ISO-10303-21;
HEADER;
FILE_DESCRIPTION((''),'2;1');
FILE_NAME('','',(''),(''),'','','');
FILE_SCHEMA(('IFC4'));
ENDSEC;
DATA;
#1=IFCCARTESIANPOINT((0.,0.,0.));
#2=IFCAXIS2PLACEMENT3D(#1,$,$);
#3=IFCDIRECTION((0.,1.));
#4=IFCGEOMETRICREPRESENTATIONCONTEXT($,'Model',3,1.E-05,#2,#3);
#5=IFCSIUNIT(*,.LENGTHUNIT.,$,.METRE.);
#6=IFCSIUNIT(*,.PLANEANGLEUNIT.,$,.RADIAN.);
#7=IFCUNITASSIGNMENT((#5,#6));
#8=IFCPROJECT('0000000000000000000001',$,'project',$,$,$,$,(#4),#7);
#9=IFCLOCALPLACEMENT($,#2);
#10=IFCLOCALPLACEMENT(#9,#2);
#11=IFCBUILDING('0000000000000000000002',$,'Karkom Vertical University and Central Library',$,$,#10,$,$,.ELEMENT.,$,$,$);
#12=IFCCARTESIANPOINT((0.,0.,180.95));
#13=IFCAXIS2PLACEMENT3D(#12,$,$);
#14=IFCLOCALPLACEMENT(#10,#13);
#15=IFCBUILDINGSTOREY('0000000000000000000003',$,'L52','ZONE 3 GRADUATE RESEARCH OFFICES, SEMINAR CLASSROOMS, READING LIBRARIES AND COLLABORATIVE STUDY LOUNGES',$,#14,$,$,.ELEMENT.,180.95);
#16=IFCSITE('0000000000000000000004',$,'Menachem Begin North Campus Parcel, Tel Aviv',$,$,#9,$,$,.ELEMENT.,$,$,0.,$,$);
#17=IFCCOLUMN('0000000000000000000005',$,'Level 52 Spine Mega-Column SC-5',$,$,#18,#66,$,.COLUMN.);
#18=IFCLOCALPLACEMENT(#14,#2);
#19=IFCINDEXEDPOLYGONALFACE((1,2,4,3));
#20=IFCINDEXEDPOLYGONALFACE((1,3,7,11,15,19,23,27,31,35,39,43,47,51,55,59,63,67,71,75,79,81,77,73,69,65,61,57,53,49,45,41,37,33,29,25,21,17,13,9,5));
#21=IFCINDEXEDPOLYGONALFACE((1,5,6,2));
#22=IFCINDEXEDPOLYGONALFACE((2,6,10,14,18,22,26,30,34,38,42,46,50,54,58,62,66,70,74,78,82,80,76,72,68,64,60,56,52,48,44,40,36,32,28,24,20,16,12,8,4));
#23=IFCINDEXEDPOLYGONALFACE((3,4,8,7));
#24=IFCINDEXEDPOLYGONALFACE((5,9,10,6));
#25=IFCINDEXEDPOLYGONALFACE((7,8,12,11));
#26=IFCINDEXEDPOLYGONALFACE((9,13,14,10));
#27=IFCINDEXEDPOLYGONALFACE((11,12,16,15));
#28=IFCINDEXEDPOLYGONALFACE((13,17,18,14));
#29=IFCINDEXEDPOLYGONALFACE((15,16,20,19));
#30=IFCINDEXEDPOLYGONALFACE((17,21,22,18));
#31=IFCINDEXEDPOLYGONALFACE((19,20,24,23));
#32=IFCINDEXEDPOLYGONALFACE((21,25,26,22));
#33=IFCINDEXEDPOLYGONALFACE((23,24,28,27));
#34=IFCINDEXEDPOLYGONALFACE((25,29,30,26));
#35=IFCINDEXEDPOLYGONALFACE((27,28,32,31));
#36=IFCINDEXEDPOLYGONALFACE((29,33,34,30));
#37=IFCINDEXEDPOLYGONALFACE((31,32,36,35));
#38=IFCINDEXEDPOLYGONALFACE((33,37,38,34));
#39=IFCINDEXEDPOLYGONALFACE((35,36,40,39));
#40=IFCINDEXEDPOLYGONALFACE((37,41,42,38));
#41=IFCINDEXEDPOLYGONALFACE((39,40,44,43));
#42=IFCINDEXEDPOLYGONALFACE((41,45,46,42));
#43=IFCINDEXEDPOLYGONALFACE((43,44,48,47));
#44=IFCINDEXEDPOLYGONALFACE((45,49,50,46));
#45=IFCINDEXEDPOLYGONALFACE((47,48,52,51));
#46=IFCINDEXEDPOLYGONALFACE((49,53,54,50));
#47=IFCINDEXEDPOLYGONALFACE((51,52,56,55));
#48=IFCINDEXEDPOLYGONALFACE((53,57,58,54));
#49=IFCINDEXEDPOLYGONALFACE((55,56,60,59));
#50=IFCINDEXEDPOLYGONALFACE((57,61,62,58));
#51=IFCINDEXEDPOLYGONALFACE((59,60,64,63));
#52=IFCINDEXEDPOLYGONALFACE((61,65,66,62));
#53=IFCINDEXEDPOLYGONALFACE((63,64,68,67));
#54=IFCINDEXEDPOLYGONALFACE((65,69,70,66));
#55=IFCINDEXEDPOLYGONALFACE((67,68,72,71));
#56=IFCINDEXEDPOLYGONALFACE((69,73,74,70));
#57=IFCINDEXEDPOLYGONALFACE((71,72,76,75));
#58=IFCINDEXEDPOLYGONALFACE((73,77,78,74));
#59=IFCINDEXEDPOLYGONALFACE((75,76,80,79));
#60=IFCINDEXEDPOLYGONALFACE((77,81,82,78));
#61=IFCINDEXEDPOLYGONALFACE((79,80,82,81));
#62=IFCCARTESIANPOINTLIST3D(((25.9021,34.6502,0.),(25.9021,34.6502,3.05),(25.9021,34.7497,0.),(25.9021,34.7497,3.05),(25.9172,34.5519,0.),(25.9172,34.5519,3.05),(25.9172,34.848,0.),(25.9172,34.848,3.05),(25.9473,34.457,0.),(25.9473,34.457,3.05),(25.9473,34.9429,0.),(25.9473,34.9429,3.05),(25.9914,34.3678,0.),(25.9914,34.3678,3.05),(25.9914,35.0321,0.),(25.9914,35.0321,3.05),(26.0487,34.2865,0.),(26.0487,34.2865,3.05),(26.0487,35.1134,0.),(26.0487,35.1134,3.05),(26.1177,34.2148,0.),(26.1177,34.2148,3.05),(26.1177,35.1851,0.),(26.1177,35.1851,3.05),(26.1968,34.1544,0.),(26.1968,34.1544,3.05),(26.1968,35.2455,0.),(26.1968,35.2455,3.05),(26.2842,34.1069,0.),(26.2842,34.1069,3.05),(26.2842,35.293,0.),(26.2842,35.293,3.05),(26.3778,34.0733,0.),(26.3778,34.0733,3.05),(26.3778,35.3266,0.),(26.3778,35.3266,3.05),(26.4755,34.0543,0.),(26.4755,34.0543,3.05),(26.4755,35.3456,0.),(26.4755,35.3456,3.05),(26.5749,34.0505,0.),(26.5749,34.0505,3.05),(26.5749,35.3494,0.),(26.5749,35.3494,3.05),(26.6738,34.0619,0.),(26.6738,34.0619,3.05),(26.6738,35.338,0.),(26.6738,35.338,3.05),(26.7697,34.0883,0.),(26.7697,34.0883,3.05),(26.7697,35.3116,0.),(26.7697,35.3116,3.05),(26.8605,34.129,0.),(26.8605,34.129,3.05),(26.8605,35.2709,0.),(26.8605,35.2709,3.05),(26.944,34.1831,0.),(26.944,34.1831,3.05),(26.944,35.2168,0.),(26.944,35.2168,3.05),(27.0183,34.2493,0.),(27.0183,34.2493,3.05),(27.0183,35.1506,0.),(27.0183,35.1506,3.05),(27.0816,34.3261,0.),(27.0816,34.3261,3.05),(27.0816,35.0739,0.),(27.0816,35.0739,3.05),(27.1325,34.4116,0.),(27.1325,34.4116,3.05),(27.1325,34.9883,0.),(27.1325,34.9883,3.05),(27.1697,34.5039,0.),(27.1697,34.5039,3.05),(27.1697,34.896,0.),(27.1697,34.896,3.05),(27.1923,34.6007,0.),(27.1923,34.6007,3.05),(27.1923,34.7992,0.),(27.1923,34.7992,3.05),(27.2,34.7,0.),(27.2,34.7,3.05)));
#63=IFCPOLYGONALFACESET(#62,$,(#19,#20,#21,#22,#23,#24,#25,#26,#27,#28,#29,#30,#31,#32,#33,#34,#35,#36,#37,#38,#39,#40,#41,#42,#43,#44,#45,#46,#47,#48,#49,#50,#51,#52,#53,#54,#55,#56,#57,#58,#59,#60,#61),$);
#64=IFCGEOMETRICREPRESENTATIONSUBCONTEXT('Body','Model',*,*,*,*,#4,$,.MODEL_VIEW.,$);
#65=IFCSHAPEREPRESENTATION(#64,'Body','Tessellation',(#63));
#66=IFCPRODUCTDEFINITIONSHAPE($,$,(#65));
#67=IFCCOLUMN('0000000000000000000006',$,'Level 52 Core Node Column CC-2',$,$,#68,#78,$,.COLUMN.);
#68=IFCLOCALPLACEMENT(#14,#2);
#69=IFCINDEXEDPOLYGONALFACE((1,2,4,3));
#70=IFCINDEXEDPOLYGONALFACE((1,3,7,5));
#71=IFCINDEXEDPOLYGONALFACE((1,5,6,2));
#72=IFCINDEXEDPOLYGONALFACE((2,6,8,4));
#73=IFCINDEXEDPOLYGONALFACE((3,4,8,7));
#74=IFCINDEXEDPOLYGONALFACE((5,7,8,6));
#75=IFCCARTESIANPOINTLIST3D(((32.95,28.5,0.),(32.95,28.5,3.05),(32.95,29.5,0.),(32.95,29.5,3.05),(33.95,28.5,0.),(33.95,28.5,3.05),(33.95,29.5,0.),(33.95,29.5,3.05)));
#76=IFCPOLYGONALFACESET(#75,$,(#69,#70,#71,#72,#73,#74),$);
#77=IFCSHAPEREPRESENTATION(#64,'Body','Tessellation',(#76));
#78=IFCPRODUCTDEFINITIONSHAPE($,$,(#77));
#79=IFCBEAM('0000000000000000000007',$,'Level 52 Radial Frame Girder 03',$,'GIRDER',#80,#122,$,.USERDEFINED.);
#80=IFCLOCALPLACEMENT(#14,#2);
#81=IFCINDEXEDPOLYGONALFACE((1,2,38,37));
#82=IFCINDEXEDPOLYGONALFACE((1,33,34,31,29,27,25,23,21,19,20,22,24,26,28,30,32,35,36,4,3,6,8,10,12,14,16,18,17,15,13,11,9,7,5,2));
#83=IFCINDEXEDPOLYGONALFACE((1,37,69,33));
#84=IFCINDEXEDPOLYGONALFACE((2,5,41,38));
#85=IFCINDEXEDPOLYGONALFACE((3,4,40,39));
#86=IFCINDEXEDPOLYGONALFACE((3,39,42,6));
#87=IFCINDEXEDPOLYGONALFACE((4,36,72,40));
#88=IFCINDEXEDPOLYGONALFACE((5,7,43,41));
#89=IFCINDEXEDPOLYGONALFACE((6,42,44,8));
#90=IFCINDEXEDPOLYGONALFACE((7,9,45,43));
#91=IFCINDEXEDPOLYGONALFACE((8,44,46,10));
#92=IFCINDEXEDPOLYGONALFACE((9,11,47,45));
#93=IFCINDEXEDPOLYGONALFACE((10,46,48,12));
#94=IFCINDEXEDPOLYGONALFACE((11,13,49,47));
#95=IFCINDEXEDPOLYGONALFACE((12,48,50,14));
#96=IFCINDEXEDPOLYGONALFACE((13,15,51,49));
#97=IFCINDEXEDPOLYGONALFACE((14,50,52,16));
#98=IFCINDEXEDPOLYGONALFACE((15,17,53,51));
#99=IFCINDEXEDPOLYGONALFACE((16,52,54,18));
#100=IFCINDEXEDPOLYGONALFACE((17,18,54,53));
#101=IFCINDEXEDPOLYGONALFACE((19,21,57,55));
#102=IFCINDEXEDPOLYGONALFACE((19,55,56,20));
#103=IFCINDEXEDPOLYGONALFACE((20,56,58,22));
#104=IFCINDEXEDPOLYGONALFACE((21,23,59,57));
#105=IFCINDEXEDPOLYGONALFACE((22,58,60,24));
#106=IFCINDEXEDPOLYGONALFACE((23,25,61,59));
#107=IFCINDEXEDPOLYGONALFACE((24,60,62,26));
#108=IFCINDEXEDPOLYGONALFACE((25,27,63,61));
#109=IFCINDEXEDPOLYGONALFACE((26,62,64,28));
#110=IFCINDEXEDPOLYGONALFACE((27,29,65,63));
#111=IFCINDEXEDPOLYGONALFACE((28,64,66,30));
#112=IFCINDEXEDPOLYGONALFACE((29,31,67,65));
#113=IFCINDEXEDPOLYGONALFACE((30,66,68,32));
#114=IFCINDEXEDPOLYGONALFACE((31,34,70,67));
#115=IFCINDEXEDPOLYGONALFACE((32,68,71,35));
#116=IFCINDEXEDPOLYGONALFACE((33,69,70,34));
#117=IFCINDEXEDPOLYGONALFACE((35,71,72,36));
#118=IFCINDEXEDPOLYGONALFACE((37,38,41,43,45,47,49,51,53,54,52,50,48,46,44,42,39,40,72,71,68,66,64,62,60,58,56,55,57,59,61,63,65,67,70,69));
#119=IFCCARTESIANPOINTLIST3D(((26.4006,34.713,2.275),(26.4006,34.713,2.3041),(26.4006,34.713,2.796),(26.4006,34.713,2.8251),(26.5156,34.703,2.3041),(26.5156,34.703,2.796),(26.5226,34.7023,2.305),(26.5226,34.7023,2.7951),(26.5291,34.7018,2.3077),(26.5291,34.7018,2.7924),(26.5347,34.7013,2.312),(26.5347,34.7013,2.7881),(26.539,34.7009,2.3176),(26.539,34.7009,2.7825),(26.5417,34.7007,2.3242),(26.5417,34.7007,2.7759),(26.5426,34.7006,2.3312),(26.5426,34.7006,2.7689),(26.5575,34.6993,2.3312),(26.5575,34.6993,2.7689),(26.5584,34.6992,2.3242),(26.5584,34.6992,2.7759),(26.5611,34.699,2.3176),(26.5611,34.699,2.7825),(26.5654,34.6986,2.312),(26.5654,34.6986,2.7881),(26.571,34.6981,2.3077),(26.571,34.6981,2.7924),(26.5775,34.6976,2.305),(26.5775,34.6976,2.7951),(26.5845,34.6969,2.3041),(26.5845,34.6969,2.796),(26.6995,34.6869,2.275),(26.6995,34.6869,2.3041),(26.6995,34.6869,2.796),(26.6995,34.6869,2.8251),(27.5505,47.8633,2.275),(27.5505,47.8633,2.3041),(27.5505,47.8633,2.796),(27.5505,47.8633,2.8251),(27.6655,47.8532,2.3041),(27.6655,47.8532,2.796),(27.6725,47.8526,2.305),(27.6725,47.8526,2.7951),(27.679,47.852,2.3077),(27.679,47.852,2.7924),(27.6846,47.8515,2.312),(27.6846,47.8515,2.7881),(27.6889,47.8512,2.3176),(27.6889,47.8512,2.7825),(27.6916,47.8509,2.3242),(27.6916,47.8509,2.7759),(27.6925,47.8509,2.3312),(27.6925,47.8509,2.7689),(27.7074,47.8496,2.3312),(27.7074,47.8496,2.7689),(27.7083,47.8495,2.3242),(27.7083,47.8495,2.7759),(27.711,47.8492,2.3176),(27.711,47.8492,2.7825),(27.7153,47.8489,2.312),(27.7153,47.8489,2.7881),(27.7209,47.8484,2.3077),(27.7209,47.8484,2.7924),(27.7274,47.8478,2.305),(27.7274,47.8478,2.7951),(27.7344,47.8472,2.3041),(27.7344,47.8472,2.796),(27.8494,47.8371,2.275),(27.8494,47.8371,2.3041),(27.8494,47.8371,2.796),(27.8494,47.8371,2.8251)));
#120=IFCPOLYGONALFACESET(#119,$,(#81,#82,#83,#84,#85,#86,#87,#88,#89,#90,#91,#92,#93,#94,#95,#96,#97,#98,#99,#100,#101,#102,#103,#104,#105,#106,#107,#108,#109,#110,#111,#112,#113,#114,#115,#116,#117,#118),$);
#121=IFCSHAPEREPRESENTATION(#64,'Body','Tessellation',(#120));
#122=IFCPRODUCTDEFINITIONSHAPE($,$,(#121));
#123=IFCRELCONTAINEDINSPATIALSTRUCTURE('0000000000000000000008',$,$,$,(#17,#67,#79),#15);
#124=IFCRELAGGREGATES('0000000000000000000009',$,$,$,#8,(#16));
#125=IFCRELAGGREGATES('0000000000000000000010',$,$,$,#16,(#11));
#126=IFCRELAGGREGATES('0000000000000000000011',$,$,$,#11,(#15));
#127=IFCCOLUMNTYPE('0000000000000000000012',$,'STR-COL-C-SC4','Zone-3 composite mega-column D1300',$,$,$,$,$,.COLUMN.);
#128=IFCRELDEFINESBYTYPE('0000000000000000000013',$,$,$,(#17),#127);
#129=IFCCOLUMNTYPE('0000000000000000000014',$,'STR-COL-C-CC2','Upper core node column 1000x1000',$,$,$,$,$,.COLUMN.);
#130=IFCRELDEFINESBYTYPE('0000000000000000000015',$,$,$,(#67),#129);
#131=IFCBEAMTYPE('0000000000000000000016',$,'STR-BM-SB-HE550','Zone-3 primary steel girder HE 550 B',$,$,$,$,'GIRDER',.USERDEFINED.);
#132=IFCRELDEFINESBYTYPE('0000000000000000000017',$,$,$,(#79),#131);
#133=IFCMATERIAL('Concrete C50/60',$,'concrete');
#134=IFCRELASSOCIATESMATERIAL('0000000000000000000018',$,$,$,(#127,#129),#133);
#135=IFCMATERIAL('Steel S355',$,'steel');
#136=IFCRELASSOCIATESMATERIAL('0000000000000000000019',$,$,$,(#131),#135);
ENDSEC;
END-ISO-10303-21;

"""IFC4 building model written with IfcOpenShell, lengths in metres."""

from ifc_helpers import new_model, si_unit, direction, frame, origin, origin_with_axes, origin_2d, place, context, subcontext, project, spatial, rectangle, circle, i_section, extrude, source, transform, mapped, material, material_profile, profile_set, type_object, element, save


model = new_model("IFC4")

# Units and contexts
model_context = context("Model", 3, precision=1e-05, world=origin(), true_north=direction((0.0, 1.0)))
body_context = subcontext(model_context, "Body", "Model", "MODEL_VIEW")
ifc_project = project(units=[si_unit("LENGTHUNIT", "METRE"), si_unit("PLANEANGLEUNIT", "RADIAN")], contexts=[model_context])

# Site, building, storey
site_placement = place(None, origin())
site = spatial("IfcSite", under=ifc_project, at=site_placement, Name="Menachem Begin North Campus Parcel, Tel Aviv", CompositionType="ELEMENT", RefElevation=0.0)
building_placement = place(site_placement, origin())
building = spatial("IfcBuilding", under=site, at=building_placement, Name="Karkom Vertical University and Central Library", CompositionType="ELEMENT")
storey_placement = place(building_placement, frame((0.0, 0.0, 180.95)))
storey = spatial("IfcBuildingStorey", under=building, at=storey_placement, Name="L52", Description="ZONE 3 GRADUATE RESEARCH OFFICES, SEMINAR CLASSROOMS, READING LIBRARIES AND COLLABORATIVE STUDY LOUNGES", CompositionType="ELEMENT", Elevation=180.95)

# Columns
ifc_material_1 = material(Name="Concrete C50/60", Category="concrete")
ifc_material_profile_1 = material_profile(ifc_material_1, circle(Radius=0.6499, at=origin_2d()), Name="CFT-D1300")
ifc_profile_set_1 = profile_set([ifc_material_profile_1], Name="Concrete C50/60")
column_type_1 = type_object("IfcColumnType", Name="STR-COL-C-SC4", Description="Zone-3 composite mega-column D1300", PredefinedType="COLUMN", material=ifc_profile_set_1)
shared_shape_1 = source(origin_with_axes(), body_context, "Body", "SweptSolid", [
    extrude(circle(Radius=0.6499, at=origin_2d()), origin(), (0.0, 0.0, 1.0), 3.05),
])
column_1_placement = place(storey_placement, frame((26.55, 34.7, 0.0), z_axis=(0.0, 0.0, 1.0), x_axis=(1.0, 0.0, 0.0)))
element("IfcColumn", 1, at=column_1_placement, inside=storey, type_object=column_type_1, Name="Level 52 Spine Mega-Column SC-5", PredefinedType="COLUMN", context=body_context, shape_type="MappedRepresentation", body=[
    mapped(shared_shape_1, transform((0.0, 0.0, 0.0), scale=1.0)),
])
ifc_material_profile_2 = material_profile(ifc_material_1, rectangle(XDim=1.0, YDim=1.0, at=origin_2d()), Name="RC-1000x1000")
ifc_profile_set_2 = profile_set([ifc_material_profile_2], Name="Concrete C50/60")
column_type_2 = type_object("IfcColumnType", Name="STR-COL-C-CC2", Description="Upper core node column 1000x1000", PredefinedType="COLUMN", material=ifc_profile_set_2)
shared_shape_2 = source(origin_with_axes(), body_context, "Body", "SweptSolid", [
    extrude(rectangle(XDim=1.0, YDim=1.0, at=origin_2d()), origin(), (0.0, 0.0, 1.0), 3.05),
])
column_2_placement = place(storey_placement, frame((33.45, 29.0, 0.0), z_axis=(0.0, 0.0, 1.0), x_axis=(1.0, 0.0, 0.0)))
element("IfcColumn", 2, at=column_2_placement, inside=storey, type_object=column_type_2, Name="Level 52 Core Node Column CC-2", PredefinedType="COLUMN", context=body_context, shape_type="MappedRepresentation", body=[
    mapped(shared_shape_2, transform((0.0, 0.0, 0.0), scale=1.0)),
])

# Beam
ifc_material_2 = material(Name="Steel S355", Category="steel")
ifc_material_profile_3 = material_profile(ifc_material_2, i_section(OverallWidth=0.3, OverallDepth=0.55, WebThickness=0.0149, FlangeThickness=0.0291, FilletRadius=0.0271, at=origin_2d()), Name="HE 550 B")
ifc_profile_set_3 = profile_set([ifc_material_profile_3], Name="Steel S355")
beam_type = type_object("IfcBeamType", Name="STR-BM-SB-HE550", Description="Zone-3 primary steel girder HE 550 B", ElementType="GIRDER", PredefinedType="USERDEFINED", material=ifc_profile_set_3)
shared_shape_3 = source(origin_with_axes(), body_context, "Body", "SweptSolid", [
    extrude(i_section(OverallWidth=0.3, OverallDepth=0.55, WebThickness=0.0149, FlangeThickness=0.0291, FilletRadius=0.0271, at=origin_2d()), origin(), (0.0, 0.0, 1.0), 13.2004),
])
beam_placement = place(storey_placement, frame((26.55, 34.7, 2.55), z_axis=(0.087112, 0.996199, 0.0), x_axis=(-0.996199, 0.087112, 0.0)))
element("IfcBeam", 3, at=beam_placement, inside=storey, type_object=beam_type, Name="Level 52 Radial Frame Girder 03", ObjectType="GIRDER", PredefinedType="USERDEFINED", context=body_context, shape_type="MappedRepresentation", body=[
    mapped(shared_shape_3, transform((0.0, 0.0, 0.0), scale=1.0)),
])

save(model, "model.ifc")
